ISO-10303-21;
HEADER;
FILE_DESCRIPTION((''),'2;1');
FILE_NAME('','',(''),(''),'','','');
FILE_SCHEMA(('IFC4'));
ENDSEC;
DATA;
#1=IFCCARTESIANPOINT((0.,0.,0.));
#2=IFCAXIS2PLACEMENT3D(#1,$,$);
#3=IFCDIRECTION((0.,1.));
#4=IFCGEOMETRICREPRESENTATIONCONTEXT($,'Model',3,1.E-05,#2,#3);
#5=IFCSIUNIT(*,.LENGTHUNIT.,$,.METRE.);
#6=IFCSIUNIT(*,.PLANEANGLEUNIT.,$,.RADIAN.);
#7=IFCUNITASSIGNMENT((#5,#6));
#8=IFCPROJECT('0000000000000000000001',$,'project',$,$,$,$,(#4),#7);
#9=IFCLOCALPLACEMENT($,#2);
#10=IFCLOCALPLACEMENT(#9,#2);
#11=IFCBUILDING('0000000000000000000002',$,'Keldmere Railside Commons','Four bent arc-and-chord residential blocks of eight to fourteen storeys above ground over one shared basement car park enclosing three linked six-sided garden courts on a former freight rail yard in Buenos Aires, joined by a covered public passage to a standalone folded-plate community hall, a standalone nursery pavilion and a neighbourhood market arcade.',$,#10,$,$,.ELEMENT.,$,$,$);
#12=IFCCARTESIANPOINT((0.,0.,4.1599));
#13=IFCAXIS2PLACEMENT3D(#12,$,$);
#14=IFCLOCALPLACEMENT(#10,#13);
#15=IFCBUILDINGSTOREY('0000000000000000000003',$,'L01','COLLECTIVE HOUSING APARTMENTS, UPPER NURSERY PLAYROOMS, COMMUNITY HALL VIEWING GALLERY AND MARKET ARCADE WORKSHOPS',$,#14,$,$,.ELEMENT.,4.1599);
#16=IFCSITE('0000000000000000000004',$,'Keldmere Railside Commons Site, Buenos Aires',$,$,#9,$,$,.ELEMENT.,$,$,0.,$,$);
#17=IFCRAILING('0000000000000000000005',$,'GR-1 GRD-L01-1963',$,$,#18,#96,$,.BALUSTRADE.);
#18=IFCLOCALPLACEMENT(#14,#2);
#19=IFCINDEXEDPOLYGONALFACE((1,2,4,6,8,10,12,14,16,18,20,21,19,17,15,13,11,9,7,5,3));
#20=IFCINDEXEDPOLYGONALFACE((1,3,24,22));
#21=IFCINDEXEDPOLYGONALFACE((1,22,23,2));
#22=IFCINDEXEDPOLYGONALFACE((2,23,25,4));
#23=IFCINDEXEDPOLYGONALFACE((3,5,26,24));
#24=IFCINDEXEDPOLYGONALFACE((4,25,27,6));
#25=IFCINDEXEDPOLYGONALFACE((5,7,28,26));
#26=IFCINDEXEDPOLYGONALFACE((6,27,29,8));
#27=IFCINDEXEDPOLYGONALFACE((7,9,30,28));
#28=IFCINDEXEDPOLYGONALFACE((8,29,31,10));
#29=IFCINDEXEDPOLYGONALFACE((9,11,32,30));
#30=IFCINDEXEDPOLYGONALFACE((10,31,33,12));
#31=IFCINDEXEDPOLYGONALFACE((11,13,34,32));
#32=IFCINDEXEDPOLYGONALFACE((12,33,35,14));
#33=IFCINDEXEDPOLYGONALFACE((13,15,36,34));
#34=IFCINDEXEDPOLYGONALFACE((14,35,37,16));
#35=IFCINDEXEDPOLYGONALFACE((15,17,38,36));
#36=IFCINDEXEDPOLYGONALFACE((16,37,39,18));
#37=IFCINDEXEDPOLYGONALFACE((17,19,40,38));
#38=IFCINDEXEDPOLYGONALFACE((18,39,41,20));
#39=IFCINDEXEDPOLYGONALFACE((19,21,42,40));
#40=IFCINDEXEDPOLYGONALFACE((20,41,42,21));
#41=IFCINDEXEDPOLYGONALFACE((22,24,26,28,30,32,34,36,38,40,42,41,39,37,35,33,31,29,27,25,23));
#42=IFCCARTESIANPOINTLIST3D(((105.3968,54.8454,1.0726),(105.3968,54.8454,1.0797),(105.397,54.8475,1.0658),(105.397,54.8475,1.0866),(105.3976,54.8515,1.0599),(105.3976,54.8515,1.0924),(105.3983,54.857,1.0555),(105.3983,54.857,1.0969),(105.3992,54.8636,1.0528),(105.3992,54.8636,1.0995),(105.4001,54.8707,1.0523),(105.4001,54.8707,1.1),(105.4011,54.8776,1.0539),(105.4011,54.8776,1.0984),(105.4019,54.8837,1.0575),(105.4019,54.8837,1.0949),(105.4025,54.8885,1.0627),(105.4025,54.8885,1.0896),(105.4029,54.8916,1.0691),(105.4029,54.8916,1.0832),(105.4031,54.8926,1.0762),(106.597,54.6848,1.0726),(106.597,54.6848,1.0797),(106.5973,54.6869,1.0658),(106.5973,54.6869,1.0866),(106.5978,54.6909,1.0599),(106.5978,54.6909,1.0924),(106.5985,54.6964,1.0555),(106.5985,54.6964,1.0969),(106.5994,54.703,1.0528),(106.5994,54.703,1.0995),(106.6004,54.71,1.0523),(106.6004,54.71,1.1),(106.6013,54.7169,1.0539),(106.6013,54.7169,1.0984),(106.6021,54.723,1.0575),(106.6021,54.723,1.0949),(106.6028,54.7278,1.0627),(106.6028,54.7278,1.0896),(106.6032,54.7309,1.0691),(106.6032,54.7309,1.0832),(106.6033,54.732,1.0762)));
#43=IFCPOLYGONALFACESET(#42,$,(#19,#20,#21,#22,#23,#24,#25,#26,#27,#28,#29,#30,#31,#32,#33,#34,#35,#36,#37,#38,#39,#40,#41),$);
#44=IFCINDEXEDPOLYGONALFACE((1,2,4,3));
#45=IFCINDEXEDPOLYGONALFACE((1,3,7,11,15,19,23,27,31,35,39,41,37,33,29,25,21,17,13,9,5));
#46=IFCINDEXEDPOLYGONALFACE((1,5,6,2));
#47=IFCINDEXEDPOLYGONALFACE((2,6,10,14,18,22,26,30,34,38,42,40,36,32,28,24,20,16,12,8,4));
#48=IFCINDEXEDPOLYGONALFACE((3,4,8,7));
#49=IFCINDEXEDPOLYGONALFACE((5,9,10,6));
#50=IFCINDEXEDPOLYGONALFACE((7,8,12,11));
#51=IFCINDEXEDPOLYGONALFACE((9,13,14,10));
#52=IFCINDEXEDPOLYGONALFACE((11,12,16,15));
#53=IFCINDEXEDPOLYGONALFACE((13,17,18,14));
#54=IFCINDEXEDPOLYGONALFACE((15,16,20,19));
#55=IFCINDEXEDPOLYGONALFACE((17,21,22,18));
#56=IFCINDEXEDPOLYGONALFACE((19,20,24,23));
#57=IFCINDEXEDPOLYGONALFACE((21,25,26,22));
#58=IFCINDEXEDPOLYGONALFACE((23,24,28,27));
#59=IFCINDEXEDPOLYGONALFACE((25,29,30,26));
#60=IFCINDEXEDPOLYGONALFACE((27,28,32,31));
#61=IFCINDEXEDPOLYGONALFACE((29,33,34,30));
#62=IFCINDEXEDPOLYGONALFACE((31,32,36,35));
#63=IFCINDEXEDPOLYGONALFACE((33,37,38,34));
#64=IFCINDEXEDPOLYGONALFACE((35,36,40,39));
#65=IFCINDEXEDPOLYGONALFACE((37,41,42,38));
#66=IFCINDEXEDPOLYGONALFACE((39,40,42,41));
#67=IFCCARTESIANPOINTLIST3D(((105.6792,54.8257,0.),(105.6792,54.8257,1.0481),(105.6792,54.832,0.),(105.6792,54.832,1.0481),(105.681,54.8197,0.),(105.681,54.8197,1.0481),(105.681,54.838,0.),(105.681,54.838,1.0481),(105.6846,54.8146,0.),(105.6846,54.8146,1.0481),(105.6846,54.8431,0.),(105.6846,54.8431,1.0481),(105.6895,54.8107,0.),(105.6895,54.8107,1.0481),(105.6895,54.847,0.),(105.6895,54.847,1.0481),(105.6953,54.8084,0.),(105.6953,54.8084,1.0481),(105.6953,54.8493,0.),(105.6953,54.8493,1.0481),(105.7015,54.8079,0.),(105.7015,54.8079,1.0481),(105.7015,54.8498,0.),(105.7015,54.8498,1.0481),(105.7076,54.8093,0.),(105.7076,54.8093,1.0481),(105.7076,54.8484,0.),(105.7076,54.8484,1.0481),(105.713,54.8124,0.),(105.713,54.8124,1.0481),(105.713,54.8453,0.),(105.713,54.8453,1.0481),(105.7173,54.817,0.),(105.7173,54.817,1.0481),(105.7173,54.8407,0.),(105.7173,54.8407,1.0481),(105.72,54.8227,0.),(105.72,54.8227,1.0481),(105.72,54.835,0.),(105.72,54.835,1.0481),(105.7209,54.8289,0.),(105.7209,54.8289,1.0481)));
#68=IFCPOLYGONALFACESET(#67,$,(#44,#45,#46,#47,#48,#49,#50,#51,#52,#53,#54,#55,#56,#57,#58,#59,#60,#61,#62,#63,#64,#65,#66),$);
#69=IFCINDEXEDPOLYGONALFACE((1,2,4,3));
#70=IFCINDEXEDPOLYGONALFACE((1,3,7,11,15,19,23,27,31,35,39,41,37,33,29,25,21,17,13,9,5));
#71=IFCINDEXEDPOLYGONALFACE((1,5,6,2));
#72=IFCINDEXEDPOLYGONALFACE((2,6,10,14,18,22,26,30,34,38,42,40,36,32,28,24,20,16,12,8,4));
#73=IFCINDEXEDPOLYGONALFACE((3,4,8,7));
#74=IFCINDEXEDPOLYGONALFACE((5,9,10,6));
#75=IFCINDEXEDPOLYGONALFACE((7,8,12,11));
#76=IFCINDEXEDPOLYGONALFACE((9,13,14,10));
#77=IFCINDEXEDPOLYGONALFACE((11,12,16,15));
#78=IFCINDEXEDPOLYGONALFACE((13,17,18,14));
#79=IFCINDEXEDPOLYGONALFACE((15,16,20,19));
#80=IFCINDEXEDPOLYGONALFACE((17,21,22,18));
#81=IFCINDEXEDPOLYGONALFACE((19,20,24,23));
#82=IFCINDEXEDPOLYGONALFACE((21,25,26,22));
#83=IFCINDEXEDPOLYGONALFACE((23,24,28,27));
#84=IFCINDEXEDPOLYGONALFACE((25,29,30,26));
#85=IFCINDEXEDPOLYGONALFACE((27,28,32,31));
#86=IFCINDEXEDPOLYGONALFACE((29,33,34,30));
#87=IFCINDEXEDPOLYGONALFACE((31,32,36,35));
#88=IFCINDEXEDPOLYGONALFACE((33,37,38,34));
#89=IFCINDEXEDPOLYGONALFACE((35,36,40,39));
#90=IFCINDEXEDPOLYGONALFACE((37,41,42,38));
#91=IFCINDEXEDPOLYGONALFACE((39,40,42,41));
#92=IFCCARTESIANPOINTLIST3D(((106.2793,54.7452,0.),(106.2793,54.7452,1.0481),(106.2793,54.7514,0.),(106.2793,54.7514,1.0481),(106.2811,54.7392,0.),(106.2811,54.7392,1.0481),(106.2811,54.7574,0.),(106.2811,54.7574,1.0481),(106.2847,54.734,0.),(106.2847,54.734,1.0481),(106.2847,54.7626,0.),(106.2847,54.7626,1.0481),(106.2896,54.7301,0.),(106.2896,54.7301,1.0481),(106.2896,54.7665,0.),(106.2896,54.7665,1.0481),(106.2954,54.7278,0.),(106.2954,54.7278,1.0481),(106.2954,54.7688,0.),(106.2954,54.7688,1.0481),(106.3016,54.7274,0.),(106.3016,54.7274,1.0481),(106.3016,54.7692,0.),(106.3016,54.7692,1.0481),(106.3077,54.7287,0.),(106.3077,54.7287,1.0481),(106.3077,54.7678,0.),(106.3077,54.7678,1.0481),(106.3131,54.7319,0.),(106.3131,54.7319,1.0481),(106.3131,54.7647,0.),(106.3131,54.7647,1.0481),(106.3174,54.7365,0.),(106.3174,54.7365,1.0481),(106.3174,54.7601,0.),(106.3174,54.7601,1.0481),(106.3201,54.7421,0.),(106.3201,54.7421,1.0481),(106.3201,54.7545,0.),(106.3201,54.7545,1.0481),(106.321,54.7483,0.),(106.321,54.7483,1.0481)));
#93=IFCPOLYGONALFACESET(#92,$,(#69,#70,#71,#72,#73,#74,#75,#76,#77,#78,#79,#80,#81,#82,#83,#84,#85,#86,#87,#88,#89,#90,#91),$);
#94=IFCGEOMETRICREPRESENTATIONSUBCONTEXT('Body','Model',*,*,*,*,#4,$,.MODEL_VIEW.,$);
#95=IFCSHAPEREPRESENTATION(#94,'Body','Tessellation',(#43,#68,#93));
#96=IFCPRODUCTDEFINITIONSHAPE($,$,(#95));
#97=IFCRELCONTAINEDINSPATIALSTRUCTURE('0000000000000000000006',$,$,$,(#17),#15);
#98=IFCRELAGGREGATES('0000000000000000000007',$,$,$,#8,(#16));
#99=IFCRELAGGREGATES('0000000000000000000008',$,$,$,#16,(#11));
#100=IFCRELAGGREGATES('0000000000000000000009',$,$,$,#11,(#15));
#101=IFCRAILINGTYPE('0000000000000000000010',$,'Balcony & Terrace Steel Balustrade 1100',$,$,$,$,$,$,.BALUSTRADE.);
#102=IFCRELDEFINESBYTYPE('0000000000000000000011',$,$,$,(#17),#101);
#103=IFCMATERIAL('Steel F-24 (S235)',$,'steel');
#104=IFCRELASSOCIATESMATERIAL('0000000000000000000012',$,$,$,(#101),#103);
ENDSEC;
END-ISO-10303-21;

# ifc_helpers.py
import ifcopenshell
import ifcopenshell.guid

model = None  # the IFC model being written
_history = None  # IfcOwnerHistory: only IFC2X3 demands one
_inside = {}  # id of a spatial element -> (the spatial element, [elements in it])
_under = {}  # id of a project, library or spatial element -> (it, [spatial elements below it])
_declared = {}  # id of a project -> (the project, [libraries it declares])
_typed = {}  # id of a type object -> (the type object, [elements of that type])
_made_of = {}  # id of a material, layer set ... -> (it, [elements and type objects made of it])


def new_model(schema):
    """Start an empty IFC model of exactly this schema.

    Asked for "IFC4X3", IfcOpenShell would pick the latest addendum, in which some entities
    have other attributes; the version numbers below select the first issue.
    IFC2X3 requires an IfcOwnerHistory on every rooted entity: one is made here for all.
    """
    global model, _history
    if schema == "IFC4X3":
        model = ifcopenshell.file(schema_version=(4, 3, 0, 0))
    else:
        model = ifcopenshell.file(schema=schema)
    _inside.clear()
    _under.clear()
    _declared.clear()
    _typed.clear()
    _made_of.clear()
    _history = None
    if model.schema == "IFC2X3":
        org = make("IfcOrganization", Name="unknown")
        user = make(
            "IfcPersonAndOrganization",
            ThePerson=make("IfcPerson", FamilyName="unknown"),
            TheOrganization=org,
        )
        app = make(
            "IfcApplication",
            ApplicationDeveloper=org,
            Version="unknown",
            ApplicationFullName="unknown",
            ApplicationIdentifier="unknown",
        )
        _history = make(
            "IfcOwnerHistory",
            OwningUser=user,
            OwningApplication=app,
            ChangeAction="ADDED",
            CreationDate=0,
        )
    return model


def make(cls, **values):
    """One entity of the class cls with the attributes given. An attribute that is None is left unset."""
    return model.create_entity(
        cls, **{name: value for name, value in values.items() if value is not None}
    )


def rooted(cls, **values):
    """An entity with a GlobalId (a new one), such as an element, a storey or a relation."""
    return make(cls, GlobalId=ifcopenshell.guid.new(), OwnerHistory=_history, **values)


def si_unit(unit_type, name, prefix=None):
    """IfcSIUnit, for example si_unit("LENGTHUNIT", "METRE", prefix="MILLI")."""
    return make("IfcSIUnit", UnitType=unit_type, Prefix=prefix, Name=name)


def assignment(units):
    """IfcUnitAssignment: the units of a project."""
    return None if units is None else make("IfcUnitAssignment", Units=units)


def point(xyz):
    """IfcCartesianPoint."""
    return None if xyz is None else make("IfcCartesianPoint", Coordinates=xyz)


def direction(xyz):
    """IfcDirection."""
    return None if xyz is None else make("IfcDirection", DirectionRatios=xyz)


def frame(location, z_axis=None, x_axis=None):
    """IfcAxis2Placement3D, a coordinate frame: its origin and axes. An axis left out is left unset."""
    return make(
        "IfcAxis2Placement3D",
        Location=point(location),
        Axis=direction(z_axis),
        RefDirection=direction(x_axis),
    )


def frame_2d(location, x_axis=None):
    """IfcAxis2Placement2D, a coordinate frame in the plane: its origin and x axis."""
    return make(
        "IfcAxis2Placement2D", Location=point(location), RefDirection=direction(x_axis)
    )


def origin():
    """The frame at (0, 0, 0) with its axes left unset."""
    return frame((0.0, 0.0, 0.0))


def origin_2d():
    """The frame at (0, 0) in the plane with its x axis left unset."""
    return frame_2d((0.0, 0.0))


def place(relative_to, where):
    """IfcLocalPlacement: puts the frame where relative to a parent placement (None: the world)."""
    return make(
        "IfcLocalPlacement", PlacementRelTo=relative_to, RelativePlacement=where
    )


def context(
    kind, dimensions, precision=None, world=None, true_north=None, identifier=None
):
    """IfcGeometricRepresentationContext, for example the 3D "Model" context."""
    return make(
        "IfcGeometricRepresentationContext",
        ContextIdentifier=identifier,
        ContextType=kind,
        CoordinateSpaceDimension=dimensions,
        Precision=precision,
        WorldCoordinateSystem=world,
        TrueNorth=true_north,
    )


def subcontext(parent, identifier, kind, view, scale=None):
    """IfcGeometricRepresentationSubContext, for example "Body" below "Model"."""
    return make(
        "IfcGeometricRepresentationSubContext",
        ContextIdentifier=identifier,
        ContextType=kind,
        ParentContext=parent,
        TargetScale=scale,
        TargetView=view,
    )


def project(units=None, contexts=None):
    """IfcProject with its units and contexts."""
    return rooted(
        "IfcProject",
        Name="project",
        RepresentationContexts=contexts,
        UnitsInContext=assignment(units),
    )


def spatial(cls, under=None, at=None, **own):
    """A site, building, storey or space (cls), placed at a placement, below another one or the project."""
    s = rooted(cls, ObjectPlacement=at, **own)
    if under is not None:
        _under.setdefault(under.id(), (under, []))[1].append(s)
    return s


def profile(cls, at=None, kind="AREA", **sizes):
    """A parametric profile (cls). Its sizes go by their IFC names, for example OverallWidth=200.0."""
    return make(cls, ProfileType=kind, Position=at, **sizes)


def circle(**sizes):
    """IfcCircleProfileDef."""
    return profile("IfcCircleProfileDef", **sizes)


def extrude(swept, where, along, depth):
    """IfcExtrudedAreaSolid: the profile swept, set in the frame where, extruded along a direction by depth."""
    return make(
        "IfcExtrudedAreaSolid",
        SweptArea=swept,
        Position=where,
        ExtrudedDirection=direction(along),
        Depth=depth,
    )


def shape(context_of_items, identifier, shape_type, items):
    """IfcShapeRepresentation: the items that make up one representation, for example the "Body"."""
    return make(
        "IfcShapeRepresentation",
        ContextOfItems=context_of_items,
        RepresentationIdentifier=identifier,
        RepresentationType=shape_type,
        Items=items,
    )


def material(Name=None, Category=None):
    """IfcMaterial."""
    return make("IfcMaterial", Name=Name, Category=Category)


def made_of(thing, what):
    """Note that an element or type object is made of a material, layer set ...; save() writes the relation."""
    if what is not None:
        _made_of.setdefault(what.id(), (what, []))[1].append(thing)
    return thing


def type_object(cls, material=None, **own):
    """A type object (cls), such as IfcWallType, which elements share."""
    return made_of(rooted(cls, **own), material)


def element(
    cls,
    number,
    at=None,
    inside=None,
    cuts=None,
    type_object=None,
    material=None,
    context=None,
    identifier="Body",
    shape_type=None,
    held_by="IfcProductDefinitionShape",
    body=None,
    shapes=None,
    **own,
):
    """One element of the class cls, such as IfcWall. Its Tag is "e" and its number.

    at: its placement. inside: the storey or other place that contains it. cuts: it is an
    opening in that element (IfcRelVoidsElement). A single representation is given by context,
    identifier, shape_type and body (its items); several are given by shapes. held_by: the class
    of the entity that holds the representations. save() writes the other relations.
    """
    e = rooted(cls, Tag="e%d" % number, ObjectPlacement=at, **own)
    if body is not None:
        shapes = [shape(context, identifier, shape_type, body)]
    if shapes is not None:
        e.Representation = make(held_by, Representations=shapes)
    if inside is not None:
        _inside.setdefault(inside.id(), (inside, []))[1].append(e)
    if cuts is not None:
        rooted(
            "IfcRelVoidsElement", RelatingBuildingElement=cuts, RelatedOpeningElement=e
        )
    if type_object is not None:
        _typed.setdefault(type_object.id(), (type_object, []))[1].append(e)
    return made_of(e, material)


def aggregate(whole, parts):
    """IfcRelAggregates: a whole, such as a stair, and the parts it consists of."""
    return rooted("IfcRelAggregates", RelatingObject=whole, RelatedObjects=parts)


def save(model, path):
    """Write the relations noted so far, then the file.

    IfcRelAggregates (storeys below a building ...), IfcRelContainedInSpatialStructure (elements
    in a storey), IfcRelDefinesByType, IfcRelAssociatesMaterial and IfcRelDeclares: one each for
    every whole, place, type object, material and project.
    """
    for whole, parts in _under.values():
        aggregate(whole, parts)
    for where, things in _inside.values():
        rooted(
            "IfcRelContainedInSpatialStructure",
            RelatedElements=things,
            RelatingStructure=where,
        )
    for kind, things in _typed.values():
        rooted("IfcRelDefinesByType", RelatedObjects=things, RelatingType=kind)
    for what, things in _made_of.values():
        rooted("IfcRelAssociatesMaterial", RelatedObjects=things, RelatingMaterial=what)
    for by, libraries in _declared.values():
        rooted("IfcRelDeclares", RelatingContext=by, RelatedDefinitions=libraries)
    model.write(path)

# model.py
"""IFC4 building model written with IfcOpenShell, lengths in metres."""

from ifc_helpers import new_model, si_unit, direction, frame, origin, origin_2d, place, context, subcontext, project, spatial, circle, extrude, material, type_object, element, save


model = new_model("IFC4")

# Units and contexts
model_context = context("Model", 3, precision=1e-05, world=origin(), true_north=direction((0.0, 1.0)))
body_context = subcontext(model_context, "Body", "Model", "MODEL_VIEW")
ifc_project = project(units=[si_unit("LENGTHUNIT", "METRE"), si_unit("PLANEANGLEUNIT", "RADIAN")], contexts=[model_context])

# Site, building, storey
site_placement = place(None, origin())
site = spatial("IfcSite", under=ifc_project, at=site_placement, Name="Keldmere Railside Commons Site, Buenos Aires", CompositionType="ELEMENT", RefElevation=0.0)
building_placement = place(site_placement, origin())
building = spatial("IfcBuilding", under=site, at=building_placement, Name="Keldmere Railside Commons", Description="Four bent arc-and-chord residential blocks of eight to fourteen storeys above ground over one shared basement car park enclosing three linked six-sided garden courts on a former freight rail yard in Buenos Aires, joined by a covered public passage to a standalone folded-plate community hall, a standalone nursery pavilion and a neighbourhood market arcade.", CompositionType="ELEMENT")
storey_placement = place(building_placement, frame((0.0, 0.0, 4.1599)))
storey = spatial("IfcBuildingStorey", under=building, at=storey_placement, Name="L01", Description="COLLECTIVE HOUSING APARTMENTS, UPPER NURSERY PLAYROOMS, COMMUNITY HALL VIEWING GALLERY AND MARKET ARCADE WORKSHOPS", CompositionType="ELEMENT", Elevation=4.1599)

# Railing
ifc_material_1 = material(Name="Steel F-24 (S235)", Category="steel")
railing_type = type_object("IfcRailingType", Name="Balcony & Terrace Steel Balustrade 1100", PredefinedType="BALUSTRADE", material=ifc_material_1)
railing_1_placement = place(storey_placement, frame((105.3999, 54.8689, 0.0)))
element("IfcRailing", 1, at=railing_1_placement, inside=storey, type_object=railing_type, Name="GR-1 GRD-L01-1963", PredefinedType="BALUSTRADE", context=body_context, shape_type="SweptSolid", body=[
    extrude(circle(Radius=0.0239, at=origin_2d()), frame((0.0, 0.0, 1.0762), z_axis=(0.991161, -0.132666, 0.0), x_axis=(0.132666, 0.991161, 0.0)), (0.0, 0.0, 1.0), 1.2109),
    extrude(circle(Radius=0.021, at=origin_2d()), frame((0.3, -0.04, 0.0)), (0.0, 0.0, 1.0), 1.0481),
    extrude(circle(Radius=0.021, at=origin_2d()), frame((0.9001, -0.1206, 0.0)), (0.0, 0.0, 1.0), 1.0481),
])

save(model, "model.ifc")
